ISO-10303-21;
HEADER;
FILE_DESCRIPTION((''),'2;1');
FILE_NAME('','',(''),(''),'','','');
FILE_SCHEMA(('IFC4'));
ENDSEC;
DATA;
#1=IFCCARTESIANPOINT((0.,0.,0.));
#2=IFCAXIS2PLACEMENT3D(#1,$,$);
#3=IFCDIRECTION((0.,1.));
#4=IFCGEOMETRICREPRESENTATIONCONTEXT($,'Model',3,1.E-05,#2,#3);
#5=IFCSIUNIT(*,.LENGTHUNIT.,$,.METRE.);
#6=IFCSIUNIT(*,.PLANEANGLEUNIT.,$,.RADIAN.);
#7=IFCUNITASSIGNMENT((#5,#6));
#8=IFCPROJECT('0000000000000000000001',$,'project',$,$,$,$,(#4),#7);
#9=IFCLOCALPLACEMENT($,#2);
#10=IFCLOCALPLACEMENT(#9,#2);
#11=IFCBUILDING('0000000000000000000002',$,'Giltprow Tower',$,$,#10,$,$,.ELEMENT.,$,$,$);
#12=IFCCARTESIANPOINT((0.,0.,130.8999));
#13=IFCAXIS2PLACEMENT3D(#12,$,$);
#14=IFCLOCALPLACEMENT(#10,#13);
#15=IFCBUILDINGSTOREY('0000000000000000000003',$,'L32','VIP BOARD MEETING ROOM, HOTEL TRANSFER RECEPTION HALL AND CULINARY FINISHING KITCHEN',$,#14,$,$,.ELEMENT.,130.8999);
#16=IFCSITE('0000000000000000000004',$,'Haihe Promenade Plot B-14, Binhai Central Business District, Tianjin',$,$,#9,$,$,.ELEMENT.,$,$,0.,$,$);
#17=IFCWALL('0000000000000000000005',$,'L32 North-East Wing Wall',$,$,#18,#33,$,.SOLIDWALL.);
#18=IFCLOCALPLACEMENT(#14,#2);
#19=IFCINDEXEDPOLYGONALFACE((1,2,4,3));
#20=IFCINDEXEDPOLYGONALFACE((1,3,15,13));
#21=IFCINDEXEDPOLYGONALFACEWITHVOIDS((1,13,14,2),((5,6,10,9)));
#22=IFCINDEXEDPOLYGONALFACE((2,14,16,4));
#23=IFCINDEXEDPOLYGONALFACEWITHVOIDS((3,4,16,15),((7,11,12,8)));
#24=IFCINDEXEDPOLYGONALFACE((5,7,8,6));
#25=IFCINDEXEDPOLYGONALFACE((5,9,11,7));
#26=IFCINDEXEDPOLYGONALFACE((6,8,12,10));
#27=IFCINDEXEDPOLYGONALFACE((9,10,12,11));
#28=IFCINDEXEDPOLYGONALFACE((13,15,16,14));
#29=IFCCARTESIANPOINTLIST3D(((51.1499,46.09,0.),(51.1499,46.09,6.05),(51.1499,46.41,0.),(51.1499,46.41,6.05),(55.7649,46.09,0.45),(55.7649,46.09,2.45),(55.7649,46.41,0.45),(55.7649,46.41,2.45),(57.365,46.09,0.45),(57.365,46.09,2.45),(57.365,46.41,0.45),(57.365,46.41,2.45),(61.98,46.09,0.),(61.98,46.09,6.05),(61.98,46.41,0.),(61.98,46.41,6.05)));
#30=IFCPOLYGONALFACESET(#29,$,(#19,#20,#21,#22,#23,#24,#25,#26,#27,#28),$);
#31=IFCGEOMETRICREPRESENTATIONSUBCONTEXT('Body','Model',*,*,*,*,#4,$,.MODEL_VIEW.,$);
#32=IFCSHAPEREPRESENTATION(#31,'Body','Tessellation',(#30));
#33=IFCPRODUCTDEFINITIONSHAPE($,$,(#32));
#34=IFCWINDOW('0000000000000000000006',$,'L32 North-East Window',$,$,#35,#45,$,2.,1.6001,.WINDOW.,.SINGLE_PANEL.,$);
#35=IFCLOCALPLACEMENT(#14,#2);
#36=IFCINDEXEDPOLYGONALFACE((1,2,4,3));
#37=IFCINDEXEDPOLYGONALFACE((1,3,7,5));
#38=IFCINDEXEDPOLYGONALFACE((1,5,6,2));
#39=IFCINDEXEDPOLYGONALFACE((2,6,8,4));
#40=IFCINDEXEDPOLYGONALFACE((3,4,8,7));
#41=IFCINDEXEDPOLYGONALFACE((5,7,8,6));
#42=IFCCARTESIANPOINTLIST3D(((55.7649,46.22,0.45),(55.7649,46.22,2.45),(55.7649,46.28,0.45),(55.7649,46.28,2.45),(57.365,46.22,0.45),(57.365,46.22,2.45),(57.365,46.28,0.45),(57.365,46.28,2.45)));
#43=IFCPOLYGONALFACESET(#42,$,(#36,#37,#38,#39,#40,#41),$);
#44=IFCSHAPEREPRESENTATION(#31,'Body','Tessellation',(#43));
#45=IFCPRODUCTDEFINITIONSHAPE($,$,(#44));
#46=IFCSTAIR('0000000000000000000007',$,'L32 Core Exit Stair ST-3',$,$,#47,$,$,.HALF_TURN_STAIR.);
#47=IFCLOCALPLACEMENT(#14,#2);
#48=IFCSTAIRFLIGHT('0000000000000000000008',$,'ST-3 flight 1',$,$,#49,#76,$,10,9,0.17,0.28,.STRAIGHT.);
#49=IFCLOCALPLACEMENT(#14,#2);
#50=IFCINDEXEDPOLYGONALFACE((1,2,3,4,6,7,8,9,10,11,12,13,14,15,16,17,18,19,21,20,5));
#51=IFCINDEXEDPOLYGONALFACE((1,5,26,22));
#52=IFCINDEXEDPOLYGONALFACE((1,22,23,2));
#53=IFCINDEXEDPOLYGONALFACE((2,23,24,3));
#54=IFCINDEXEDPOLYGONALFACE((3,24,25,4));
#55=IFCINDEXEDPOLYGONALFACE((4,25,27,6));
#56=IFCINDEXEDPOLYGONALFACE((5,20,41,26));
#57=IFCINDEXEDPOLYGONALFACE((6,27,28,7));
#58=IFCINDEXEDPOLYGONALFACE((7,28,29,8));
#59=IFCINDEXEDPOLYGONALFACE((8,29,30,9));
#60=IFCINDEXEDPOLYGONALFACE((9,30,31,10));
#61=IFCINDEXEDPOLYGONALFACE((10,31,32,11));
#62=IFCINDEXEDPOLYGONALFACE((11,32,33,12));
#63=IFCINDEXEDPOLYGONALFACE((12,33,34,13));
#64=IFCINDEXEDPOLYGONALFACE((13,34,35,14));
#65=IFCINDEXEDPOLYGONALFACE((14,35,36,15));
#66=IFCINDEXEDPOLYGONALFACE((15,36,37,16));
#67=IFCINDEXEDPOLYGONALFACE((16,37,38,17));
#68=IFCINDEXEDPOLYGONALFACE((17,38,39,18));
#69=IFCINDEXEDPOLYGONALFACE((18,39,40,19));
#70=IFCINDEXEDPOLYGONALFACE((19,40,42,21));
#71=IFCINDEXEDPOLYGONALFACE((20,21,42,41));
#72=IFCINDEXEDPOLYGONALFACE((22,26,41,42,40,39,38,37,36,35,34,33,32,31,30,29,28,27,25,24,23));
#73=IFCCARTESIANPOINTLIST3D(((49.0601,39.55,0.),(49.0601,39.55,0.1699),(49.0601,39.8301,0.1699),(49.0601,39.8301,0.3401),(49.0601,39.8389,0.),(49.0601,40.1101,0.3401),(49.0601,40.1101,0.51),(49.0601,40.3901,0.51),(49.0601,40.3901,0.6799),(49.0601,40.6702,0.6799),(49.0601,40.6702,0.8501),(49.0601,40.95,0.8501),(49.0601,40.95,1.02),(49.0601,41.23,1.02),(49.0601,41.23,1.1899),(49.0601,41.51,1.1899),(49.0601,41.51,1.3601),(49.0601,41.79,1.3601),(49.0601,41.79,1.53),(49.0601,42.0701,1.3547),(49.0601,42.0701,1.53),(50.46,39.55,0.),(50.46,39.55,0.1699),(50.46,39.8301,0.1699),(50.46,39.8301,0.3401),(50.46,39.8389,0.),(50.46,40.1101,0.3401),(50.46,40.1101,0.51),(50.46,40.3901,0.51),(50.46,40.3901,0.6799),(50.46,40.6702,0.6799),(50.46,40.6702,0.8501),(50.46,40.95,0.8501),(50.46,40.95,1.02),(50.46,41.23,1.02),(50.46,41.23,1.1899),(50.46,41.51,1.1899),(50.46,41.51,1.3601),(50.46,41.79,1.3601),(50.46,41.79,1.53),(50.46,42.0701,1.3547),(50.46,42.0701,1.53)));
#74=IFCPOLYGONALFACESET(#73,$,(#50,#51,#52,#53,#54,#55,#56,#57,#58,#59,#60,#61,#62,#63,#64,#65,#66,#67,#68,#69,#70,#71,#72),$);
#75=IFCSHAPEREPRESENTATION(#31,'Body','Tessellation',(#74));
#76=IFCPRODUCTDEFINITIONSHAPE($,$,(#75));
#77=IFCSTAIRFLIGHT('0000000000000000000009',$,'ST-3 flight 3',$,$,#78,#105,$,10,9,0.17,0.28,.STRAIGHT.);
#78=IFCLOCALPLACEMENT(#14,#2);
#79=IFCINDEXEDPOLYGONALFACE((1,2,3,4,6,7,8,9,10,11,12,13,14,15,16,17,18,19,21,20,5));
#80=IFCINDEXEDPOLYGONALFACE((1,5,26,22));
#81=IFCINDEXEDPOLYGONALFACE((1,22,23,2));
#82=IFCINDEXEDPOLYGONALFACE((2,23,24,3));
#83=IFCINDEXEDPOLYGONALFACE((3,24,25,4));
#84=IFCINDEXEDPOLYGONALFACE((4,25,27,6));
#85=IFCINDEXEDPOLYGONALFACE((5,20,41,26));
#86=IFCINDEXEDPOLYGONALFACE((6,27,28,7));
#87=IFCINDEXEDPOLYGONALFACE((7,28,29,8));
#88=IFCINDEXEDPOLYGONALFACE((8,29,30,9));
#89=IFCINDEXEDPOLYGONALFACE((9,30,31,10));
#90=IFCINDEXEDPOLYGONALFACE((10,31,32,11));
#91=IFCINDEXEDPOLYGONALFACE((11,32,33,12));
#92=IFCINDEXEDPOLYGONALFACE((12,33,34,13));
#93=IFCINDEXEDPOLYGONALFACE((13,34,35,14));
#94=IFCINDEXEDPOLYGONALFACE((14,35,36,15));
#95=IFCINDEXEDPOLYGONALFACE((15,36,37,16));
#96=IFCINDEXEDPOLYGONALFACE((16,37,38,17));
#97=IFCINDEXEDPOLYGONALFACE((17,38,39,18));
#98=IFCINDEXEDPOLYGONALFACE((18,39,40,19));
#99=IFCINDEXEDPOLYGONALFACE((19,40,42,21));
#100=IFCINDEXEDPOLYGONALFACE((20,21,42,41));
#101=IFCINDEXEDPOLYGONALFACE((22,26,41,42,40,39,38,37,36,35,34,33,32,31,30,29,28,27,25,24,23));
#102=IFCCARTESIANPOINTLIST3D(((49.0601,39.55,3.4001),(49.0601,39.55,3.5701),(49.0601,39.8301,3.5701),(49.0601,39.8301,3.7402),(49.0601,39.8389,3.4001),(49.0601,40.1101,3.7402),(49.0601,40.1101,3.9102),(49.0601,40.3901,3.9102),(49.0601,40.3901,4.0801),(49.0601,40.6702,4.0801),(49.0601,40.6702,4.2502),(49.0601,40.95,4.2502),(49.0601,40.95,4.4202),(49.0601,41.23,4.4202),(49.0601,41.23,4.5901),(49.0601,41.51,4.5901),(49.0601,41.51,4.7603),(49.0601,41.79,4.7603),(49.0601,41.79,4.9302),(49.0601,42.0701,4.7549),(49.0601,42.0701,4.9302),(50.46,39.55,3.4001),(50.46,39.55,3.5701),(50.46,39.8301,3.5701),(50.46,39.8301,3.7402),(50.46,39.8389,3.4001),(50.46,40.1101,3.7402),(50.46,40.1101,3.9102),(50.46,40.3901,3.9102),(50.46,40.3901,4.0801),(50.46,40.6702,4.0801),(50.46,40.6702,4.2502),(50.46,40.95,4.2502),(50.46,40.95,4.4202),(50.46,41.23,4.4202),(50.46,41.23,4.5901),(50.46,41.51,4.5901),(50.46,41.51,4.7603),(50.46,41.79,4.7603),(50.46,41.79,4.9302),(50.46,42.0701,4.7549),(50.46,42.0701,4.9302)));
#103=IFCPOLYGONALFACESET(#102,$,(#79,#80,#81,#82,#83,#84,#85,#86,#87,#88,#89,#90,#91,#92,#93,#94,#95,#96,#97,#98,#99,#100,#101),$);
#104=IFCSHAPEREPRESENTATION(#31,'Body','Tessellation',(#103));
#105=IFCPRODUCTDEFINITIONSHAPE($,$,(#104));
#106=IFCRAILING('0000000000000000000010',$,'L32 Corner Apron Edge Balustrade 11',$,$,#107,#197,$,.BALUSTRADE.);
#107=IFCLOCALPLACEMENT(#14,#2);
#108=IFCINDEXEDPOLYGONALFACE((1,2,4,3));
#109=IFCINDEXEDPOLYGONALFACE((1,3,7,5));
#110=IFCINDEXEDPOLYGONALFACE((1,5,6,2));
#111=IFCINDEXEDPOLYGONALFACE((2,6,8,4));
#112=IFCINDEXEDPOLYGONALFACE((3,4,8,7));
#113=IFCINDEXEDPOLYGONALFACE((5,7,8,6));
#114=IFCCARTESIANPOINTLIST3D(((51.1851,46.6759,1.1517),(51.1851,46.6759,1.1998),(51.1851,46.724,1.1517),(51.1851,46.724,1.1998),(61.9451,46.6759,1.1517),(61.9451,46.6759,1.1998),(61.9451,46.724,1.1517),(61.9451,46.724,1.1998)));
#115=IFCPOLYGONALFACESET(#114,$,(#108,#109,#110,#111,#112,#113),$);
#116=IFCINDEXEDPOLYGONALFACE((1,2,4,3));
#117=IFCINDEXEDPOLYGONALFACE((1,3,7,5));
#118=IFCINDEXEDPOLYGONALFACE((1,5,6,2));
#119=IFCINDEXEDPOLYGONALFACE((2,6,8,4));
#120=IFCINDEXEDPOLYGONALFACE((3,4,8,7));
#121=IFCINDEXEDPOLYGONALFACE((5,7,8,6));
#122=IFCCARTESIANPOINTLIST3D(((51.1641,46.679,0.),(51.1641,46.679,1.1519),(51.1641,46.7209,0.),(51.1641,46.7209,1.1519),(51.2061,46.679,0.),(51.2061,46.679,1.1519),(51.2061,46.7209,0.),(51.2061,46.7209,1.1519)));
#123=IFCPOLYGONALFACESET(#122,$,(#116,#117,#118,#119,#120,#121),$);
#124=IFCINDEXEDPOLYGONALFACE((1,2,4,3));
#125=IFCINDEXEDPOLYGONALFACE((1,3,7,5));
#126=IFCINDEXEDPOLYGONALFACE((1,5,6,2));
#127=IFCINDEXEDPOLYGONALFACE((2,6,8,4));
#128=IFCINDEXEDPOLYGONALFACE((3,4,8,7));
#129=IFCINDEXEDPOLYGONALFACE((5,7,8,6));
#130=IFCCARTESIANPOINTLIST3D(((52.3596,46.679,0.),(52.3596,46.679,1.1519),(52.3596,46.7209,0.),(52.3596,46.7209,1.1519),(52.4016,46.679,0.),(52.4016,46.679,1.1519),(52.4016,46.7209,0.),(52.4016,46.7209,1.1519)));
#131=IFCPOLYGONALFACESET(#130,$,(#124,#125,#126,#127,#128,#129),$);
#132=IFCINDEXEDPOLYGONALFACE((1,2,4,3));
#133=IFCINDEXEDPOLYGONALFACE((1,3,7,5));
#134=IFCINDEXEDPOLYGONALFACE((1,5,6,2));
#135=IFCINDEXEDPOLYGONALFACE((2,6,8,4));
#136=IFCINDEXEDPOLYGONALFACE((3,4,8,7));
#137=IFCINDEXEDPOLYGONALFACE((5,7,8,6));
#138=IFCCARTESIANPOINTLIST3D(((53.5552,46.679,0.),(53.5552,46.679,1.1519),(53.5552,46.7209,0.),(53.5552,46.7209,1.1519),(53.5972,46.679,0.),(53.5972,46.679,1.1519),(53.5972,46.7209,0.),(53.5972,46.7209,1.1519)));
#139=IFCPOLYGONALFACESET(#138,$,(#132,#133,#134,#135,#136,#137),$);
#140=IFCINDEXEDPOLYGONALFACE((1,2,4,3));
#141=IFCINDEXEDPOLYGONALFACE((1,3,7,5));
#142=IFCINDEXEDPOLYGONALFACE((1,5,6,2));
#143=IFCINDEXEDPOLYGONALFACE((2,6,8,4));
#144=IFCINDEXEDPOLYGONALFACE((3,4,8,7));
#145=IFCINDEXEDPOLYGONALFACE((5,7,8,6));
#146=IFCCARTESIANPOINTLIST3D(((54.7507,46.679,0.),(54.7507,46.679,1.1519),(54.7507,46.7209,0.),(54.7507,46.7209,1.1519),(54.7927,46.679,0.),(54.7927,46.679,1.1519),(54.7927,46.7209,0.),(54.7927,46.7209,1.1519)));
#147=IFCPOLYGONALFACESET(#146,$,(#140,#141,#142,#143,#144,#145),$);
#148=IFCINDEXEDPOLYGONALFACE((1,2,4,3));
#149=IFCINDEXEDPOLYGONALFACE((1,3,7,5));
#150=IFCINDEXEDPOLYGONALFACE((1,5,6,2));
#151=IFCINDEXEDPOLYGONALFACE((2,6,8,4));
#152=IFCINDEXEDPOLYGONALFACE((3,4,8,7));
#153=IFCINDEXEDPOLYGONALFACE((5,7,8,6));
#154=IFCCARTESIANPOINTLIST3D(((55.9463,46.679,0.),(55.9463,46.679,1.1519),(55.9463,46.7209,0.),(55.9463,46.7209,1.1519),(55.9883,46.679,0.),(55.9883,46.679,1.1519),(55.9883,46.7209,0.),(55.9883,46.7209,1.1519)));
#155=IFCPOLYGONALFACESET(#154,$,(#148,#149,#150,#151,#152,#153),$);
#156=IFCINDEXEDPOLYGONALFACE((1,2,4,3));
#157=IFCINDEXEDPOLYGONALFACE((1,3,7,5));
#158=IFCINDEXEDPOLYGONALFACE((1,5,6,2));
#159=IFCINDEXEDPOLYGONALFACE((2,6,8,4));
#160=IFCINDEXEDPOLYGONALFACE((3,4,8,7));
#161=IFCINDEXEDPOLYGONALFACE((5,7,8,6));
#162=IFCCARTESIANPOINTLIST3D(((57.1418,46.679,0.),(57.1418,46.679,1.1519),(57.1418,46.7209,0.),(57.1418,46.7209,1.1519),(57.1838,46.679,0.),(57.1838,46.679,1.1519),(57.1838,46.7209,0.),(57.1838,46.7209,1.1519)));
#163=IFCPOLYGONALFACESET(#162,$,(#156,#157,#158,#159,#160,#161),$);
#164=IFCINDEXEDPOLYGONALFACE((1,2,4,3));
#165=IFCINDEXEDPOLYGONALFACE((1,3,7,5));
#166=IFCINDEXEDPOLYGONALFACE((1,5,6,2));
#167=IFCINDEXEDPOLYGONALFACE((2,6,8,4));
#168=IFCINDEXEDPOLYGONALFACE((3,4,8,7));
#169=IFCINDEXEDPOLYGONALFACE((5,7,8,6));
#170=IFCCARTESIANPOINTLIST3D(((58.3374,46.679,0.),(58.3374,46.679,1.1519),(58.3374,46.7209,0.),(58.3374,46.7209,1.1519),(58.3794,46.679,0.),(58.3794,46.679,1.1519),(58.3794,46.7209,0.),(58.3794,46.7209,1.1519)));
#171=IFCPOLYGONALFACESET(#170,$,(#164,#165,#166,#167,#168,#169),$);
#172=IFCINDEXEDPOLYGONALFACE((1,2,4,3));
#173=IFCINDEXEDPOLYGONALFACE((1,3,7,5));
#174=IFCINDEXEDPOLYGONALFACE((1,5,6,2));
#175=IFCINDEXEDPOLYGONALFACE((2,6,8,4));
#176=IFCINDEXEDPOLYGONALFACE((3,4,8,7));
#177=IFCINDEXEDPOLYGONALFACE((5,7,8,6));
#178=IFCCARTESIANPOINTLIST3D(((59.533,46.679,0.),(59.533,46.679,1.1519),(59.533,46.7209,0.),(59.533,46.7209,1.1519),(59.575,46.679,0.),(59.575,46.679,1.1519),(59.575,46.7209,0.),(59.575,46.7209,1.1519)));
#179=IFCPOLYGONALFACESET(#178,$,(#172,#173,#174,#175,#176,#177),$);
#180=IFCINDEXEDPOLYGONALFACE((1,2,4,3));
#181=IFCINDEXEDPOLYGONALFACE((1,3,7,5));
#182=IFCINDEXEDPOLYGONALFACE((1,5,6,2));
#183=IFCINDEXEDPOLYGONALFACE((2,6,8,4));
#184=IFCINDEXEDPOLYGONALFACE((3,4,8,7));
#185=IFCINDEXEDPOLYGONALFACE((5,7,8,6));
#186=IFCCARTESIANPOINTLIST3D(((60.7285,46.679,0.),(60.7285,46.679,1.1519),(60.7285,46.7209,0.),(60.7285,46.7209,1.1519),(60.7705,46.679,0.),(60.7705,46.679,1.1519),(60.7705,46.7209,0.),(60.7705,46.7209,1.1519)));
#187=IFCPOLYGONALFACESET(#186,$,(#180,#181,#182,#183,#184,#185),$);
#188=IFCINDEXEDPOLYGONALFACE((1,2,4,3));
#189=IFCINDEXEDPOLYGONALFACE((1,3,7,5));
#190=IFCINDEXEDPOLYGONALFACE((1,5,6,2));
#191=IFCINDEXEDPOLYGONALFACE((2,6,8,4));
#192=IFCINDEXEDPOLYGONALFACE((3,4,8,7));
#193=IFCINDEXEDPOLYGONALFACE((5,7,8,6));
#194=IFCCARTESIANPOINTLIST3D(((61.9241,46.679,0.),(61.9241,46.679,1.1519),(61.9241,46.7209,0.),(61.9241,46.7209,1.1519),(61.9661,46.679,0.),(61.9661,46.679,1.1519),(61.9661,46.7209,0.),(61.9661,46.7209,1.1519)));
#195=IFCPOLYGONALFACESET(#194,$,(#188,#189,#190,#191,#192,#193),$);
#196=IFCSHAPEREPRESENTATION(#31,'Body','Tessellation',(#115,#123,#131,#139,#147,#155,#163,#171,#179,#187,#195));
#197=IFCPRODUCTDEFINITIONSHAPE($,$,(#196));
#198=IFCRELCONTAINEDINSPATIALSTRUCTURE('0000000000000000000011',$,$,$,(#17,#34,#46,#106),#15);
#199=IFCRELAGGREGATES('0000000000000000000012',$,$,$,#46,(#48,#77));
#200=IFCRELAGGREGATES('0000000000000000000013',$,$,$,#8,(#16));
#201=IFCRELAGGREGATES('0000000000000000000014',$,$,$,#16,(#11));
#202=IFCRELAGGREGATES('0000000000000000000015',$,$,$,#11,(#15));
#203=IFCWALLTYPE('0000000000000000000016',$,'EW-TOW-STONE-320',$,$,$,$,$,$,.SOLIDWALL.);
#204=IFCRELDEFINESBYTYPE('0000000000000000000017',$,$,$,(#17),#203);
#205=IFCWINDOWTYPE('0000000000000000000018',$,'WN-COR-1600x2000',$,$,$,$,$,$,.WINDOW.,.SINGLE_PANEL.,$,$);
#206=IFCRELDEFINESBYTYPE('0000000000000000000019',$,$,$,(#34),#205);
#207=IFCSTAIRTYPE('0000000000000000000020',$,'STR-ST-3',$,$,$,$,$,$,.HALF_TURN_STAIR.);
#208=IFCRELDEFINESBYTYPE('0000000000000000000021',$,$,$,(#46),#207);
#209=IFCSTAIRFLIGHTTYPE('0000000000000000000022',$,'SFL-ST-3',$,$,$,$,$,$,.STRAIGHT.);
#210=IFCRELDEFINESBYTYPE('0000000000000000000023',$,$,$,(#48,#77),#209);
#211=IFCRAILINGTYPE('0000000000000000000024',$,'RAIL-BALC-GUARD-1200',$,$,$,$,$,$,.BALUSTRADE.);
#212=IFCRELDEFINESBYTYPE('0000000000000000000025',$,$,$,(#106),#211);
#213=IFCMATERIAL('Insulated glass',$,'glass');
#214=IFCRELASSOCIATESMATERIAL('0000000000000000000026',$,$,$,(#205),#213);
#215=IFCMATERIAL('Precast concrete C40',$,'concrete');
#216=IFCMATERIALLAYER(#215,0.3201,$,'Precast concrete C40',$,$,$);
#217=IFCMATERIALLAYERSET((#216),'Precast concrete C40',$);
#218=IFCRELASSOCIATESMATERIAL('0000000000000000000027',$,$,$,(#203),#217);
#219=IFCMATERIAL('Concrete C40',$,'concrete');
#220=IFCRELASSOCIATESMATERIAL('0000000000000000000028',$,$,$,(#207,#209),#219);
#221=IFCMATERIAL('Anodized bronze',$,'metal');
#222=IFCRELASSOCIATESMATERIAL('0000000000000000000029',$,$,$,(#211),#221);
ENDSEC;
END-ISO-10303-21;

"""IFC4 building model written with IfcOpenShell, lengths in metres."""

from ifc_helpers import new_model, si_unit, direction, frame, frame_2d, origin, origin_2d, place, context, subcontext, project, spatial, polyline, rectangle, outline, extrude, source, transform, mapped, material, layer, layer_set, type_object, element, fill, aggregate, save


model = new_model("IFC4")

# Units and contexts
model_context = context("Model", 3, precision=1e-05, world=origin(), true_north=direction((0.0, 1.0)))
body_context = subcontext(model_context, "Body", "Model", "MODEL_VIEW")
ifc_project = project(units=[si_unit("LENGTHUNIT", "METRE"), si_unit("PLANEANGLEUNIT", "RADIAN")], contexts=[model_context])

# Site, building, storey
site_placement = place(None, origin())
site = spatial("IfcSite", under=ifc_project, at=site_placement, Name="Haihe Promenade Plot B-14, Binhai Central Business District, Tianjin", CompositionType="ELEMENT", RefElevation=0.0)
building_placement = place(site_placement, origin())
building = spatial("IfcBuilding", under=site, at=building_placement, Name="Giltprow Tower", CompositionType="ELEMENT")
storey_placement = place(building_placement, frame((0.0, 0.0, 130.8999)))
storey = spatial("IfcBuildingStorey", under=building, at=storey_placement, Name="L32", Description="VIP BOARD MEETING ROOM, HOTEL TRANSFER RECEPTION HALL AND CULINARY FINISHING KITCHEN", CompositionType="ELEMENT", Elevation=130.8999)

# Wall, opening, window
ifc_material_1 = material(Name="Precast concrete C40", Category="concrete")
ifc_material_2 = material(Name="Insulated glass", Category="glass")
window_type = type_object("IfcWindowType", Name="WN-COR-1600x2000", PartitioningType="SINGLE_PANEL", PredefinedType="WINDOW", material=ifc_material_2)
shared_shape_1 = source(origin(), body_context, "Body", "SweptSolid", [
    extrude(rectangle(XDim=1.6001, YDim=2.0, at=frame_2d((0.8, 1.0))), frame((0.0, 0.03, 0.0), z_axis=(0.0, -1.0, 0.0), x_axis=(1.0, 0.0, 0.0)), (0.0, 0.0, 1.0), 0.0601),
])
ifc_layer_1 = layer(ifc_material_1, 0.3201, Name="Precast concrete C40")
ifc_layer_set_1 = layer_set([ifc_layer_1], Name="Precast concrete C40")
wall_type_1 = type_object("IfcWallType", Name="EW-TOW-STONE-320", PredefinedType="SOLIDWALL", material=ifc_layer_set_1)
wall_1_placement = place(storey_placement, frame((51.1499, 46.25, 0.0), z_axis=(0.0, 0.0, 1.0), x_axis=(1.0, 0.0, 0.0)))
wall_1 = element("IfcWall", 1, at=wall_1_placement, inside=storey, type_object=wall_type_1, Name="L32 North-East Wing Wall", PredefinedType="SOLIDWALL", context=body_context, shape_type="SweptSolid", body=[
    extrude(rectangle(XDim=10.8301, YDim=0.3201, at=frame_2d((5.415, 0.0))), origin(), (0.0, 0.0, 1.0), 6.05),
])
opening_1_placement = place(wall_1_placement, frame((4.615, 0.0, 0.45)))
opening_1 = element("IfcOpeningElement", 2, at=opening_1_placement, cuts=wall_1, PredefinedType="OPENING", context=body_context, shape_type="SweptSolid", body=[
    extrude(rectangle(XDim=1.6001, YDim=2.0, at=frame_2d((0.8, 1.0))), frame((0.0, 0.1699, 0.0), z_axis=(0.0, -1.0, 0.0), x_axis=(1.0, 0.0, 0.0)), (0.0, 0.0, 1.0), 0.3401),
])
window_1_placement = place(opening_1_placement, origin())
window_1 = element("IfcWindow", 3, at=window_1_placement, inside=storey, type_object=window_type, Name="L32 North-East Window", OverallHeight=2.0, OverallWidth=1.6001, PartitioningType="SINGLE_PANEL", PredefinedType="WINDOW", context=body_context, shape_type="MappedRepresentation", body=[
    mapped(shared_shape_1, transform((0.0, 0.0, 0.0), x_axis=(1.0, 0.0, 0.0), y_axis=(0.0, 1.0, 0.0), z_axis=(0.0, 0.0, 1.0), scale=1.0)),
])
fill(opening_1, window_1)

# Stair, stair flights
ifc_material_3 = material(Name="Concrete C40", Category="concrete")
stair_type = type_object("IfcStairType", Name="STR-ST-3", PredefinedType="HALF_TURN_STAIR", material=ifc_material_3)
stair_placement = place(storey_placement, origin())
stair = element("IfcStair", 4, at=stair_placement, inside=storey, type_object=stair_type, Name="L32 Core Exit Stair ST-3", PredefinedType="HALF_TURN_STAIR")
stair_flight_type = type_object("IfcStairFlightType", Name="SFL-ST-3", PredefinedType="STRAIGHT", material=ifc_material_3)
stair_flight_1_placement = place(storey_placement, frame((49.76, 39.55, 0.0), z_axis=(0.0, 0.0, 1.0), x_axis=(0.0, 1.0, 0.0)))
stair_flight_1 = element("IfcStairFlight", 5, at=stair_flight_1_placement, type_object=stair_flight_type, Name="ST-3 flight 1", NumberOfRisers=10, NumberOfTreads=9, PredefinedType="STRAIGHT", RiserHeight=0.17, TreadLength=0.28, context=body_context, shape_type="SweptSolid", body=[
    extrude(outline(polyline([(0.0, 0.0), (0.0, 0.1699), (0.28, 0.1699), (0.28, 0.3401), (0.5601, 0.3401), (0.5601, 0.51), (0.8401, 0.51), (0.8401, 0.6799), (1.1201, 0.6799), (1.1201, 0.8501), (1.3999, 0.8501), (1.3999, 1.02), (1.6799, 1.02), (1.6799, 1.1899), (1.96, 1.1899), (1.96, 1.3601), (2.24, 1.3601), (2.24, 1.53), (2.52, 1.53), (2.52, 1.7), (2.52, 1.3547), (0.2888, 0.0), (0.0, 0.0)])), frame((0.0, 0.7, 0.0), z_axis=(0.0, -1.0, 0.0), x_axis=(1.0, 0.0, 0.0)), (0.0, 0.0, 1.0), 1.3999),
])
stair_flight_2_placement = place(storey_placement, frame((49.76, 39.55, 3.4001), z_axis=(0.0, 0.0, 1.0), x_axis=(0.0, 1.0, 0.0)))
stair_flight_2 = element("IfcStairFlight", 6, at=stair_flight_2_placement, type_object=stair_flight_type, Name="ST-3 flight 3", NumberOfRisers=10, NumberOfTreads=9, PredefinedType="STRAIGHT", RiserHeight=0.17, TreadLength=0.28, context=body_context, shape_type="SweptSolid", body=[
    extrude(outline(polyline([(0.0, 0.0), (0.0, 0.1699), (0.28, 0.1699), (0.28, 0.3401), (0.5601, 0.3401), (0.5601, 0.51), (0.8401, 0.51), (0.8401, 0.6799), (1.1201, 0.6799), (1.1201, 0.8501), (1.3999, 0.8501), (1.3999, 1.02), (1.6799, 1.02), (1.6799, 1.1899), (1.96, 1.1899), (1.96, 1.3601), (2.24, 1.3601), (2.24, 1.53), (2.52, 1.53), (2.52, 1.7), (2.52, 1.3547), (0.2888, 0.0), (0.0, 0.0)])), frame((0.0, 0.7, 0.0), z_axis=(0.0, -1.0, 0.0), x_axis=(1.0, 0.0, 0.0)), (0.0, 0.0, 1.0), 1.3999),
])
aggregate(stair, [stair_flight_1, stair_flight_2])

# Railing
ifc_material_4 = material(Name="Anodized bronze", Category="metal")
railing_type_1 = type_object("IfcRailingType", Name="RAIL-BALC-GUARD-1200", PredefinedType="BALUSTRADE", material=ifc_material_4)
railing_1_placement = place(storey_placement, frame((51.1851, 46.7, 0.0)))
element("IfcRailing", 7, at=railing_1_placement, inside=storey, type_object=railing_type_1, Name="L32 Corner Apron Edge Balustrade 11", PredefinedType="BALUSTRADE", context=body_context, shape_type="SweptSolid", body=[
    extrude(rectangle(XDim=0.0481, YDim=0.0481, at=origin_2d()), frame((0.0, 0.0, 1.1758), z_axis=(1.0, 0.0, 0.0), x_axis=(0.0, 1.0, 0.0)), (0.0, 0.0, 1.0), 10.76),
    extrude(rectangle(XDim=0.042, YDim=0.042, at=origin_2d()), origin(), (0.0, 0.0, 1.0), 1.1519),
    extrude(rectangle(XDim=0.042, YDim=0.042, at=origin_2d()), frame((1.1956, 0.0, 0.0)), (0.0, 0.0, 1.0), 1.1519),
    extrude(rectangle(XDim=0.042, YDim=0.042, at=origin_2d()), frame((2.3911, 0.0, 0.0)), (0.0, 0.0, 1.0), 1.1519),
    extrude(rectangle(XDim=0.042, YDim=0.042, at=origin_2d()), frame((3.5867, 0.0, 0.0)), (0.0, 0.0, 1.0), 1.1519),
    extrude(rectangle(XDim=0.042, YDim=0.042, at=origin_2d()), frame((4.7822, 0.0, 0.0)), (0.0, 0.0, 1.0), 1.1519),
    extrude(rectangle(XDim=0.042, YDim=0.042, at=origin_2d()), frame((5.9778, 0.0, 0.0)), (0.0, 0.0, 1.0), 1.1519),
    extrude(rectangle(XDim=0.042, YDim=0.042, at=origin_2d()), frame((7.1733, 0.0, 0.0)), (0.0, 0.0, 1.0), 1.1519),
    extrude(rectangle(XDim=0.042, YDim=0.042, at=origin_2d()), frame((8.3689, 0.0, 0.0)), (0.0, 0.0, 1.0), 1.1519),
    extrude(rectangle(XDim=0.042, YDim=0.042, at=origin_2d()), frame((9.5645, 0.0, 0.0)), (0.0, 0.0, 1.0), 1.1519),
    extrude(rectangle(XDim=0.042, YDim=0.042, at=origin_2d()), frame((10.76, 0.0, 0.0)), (0.0, 0.0, 1.0), 1.1519),
])

save(model, "model.ifc")
